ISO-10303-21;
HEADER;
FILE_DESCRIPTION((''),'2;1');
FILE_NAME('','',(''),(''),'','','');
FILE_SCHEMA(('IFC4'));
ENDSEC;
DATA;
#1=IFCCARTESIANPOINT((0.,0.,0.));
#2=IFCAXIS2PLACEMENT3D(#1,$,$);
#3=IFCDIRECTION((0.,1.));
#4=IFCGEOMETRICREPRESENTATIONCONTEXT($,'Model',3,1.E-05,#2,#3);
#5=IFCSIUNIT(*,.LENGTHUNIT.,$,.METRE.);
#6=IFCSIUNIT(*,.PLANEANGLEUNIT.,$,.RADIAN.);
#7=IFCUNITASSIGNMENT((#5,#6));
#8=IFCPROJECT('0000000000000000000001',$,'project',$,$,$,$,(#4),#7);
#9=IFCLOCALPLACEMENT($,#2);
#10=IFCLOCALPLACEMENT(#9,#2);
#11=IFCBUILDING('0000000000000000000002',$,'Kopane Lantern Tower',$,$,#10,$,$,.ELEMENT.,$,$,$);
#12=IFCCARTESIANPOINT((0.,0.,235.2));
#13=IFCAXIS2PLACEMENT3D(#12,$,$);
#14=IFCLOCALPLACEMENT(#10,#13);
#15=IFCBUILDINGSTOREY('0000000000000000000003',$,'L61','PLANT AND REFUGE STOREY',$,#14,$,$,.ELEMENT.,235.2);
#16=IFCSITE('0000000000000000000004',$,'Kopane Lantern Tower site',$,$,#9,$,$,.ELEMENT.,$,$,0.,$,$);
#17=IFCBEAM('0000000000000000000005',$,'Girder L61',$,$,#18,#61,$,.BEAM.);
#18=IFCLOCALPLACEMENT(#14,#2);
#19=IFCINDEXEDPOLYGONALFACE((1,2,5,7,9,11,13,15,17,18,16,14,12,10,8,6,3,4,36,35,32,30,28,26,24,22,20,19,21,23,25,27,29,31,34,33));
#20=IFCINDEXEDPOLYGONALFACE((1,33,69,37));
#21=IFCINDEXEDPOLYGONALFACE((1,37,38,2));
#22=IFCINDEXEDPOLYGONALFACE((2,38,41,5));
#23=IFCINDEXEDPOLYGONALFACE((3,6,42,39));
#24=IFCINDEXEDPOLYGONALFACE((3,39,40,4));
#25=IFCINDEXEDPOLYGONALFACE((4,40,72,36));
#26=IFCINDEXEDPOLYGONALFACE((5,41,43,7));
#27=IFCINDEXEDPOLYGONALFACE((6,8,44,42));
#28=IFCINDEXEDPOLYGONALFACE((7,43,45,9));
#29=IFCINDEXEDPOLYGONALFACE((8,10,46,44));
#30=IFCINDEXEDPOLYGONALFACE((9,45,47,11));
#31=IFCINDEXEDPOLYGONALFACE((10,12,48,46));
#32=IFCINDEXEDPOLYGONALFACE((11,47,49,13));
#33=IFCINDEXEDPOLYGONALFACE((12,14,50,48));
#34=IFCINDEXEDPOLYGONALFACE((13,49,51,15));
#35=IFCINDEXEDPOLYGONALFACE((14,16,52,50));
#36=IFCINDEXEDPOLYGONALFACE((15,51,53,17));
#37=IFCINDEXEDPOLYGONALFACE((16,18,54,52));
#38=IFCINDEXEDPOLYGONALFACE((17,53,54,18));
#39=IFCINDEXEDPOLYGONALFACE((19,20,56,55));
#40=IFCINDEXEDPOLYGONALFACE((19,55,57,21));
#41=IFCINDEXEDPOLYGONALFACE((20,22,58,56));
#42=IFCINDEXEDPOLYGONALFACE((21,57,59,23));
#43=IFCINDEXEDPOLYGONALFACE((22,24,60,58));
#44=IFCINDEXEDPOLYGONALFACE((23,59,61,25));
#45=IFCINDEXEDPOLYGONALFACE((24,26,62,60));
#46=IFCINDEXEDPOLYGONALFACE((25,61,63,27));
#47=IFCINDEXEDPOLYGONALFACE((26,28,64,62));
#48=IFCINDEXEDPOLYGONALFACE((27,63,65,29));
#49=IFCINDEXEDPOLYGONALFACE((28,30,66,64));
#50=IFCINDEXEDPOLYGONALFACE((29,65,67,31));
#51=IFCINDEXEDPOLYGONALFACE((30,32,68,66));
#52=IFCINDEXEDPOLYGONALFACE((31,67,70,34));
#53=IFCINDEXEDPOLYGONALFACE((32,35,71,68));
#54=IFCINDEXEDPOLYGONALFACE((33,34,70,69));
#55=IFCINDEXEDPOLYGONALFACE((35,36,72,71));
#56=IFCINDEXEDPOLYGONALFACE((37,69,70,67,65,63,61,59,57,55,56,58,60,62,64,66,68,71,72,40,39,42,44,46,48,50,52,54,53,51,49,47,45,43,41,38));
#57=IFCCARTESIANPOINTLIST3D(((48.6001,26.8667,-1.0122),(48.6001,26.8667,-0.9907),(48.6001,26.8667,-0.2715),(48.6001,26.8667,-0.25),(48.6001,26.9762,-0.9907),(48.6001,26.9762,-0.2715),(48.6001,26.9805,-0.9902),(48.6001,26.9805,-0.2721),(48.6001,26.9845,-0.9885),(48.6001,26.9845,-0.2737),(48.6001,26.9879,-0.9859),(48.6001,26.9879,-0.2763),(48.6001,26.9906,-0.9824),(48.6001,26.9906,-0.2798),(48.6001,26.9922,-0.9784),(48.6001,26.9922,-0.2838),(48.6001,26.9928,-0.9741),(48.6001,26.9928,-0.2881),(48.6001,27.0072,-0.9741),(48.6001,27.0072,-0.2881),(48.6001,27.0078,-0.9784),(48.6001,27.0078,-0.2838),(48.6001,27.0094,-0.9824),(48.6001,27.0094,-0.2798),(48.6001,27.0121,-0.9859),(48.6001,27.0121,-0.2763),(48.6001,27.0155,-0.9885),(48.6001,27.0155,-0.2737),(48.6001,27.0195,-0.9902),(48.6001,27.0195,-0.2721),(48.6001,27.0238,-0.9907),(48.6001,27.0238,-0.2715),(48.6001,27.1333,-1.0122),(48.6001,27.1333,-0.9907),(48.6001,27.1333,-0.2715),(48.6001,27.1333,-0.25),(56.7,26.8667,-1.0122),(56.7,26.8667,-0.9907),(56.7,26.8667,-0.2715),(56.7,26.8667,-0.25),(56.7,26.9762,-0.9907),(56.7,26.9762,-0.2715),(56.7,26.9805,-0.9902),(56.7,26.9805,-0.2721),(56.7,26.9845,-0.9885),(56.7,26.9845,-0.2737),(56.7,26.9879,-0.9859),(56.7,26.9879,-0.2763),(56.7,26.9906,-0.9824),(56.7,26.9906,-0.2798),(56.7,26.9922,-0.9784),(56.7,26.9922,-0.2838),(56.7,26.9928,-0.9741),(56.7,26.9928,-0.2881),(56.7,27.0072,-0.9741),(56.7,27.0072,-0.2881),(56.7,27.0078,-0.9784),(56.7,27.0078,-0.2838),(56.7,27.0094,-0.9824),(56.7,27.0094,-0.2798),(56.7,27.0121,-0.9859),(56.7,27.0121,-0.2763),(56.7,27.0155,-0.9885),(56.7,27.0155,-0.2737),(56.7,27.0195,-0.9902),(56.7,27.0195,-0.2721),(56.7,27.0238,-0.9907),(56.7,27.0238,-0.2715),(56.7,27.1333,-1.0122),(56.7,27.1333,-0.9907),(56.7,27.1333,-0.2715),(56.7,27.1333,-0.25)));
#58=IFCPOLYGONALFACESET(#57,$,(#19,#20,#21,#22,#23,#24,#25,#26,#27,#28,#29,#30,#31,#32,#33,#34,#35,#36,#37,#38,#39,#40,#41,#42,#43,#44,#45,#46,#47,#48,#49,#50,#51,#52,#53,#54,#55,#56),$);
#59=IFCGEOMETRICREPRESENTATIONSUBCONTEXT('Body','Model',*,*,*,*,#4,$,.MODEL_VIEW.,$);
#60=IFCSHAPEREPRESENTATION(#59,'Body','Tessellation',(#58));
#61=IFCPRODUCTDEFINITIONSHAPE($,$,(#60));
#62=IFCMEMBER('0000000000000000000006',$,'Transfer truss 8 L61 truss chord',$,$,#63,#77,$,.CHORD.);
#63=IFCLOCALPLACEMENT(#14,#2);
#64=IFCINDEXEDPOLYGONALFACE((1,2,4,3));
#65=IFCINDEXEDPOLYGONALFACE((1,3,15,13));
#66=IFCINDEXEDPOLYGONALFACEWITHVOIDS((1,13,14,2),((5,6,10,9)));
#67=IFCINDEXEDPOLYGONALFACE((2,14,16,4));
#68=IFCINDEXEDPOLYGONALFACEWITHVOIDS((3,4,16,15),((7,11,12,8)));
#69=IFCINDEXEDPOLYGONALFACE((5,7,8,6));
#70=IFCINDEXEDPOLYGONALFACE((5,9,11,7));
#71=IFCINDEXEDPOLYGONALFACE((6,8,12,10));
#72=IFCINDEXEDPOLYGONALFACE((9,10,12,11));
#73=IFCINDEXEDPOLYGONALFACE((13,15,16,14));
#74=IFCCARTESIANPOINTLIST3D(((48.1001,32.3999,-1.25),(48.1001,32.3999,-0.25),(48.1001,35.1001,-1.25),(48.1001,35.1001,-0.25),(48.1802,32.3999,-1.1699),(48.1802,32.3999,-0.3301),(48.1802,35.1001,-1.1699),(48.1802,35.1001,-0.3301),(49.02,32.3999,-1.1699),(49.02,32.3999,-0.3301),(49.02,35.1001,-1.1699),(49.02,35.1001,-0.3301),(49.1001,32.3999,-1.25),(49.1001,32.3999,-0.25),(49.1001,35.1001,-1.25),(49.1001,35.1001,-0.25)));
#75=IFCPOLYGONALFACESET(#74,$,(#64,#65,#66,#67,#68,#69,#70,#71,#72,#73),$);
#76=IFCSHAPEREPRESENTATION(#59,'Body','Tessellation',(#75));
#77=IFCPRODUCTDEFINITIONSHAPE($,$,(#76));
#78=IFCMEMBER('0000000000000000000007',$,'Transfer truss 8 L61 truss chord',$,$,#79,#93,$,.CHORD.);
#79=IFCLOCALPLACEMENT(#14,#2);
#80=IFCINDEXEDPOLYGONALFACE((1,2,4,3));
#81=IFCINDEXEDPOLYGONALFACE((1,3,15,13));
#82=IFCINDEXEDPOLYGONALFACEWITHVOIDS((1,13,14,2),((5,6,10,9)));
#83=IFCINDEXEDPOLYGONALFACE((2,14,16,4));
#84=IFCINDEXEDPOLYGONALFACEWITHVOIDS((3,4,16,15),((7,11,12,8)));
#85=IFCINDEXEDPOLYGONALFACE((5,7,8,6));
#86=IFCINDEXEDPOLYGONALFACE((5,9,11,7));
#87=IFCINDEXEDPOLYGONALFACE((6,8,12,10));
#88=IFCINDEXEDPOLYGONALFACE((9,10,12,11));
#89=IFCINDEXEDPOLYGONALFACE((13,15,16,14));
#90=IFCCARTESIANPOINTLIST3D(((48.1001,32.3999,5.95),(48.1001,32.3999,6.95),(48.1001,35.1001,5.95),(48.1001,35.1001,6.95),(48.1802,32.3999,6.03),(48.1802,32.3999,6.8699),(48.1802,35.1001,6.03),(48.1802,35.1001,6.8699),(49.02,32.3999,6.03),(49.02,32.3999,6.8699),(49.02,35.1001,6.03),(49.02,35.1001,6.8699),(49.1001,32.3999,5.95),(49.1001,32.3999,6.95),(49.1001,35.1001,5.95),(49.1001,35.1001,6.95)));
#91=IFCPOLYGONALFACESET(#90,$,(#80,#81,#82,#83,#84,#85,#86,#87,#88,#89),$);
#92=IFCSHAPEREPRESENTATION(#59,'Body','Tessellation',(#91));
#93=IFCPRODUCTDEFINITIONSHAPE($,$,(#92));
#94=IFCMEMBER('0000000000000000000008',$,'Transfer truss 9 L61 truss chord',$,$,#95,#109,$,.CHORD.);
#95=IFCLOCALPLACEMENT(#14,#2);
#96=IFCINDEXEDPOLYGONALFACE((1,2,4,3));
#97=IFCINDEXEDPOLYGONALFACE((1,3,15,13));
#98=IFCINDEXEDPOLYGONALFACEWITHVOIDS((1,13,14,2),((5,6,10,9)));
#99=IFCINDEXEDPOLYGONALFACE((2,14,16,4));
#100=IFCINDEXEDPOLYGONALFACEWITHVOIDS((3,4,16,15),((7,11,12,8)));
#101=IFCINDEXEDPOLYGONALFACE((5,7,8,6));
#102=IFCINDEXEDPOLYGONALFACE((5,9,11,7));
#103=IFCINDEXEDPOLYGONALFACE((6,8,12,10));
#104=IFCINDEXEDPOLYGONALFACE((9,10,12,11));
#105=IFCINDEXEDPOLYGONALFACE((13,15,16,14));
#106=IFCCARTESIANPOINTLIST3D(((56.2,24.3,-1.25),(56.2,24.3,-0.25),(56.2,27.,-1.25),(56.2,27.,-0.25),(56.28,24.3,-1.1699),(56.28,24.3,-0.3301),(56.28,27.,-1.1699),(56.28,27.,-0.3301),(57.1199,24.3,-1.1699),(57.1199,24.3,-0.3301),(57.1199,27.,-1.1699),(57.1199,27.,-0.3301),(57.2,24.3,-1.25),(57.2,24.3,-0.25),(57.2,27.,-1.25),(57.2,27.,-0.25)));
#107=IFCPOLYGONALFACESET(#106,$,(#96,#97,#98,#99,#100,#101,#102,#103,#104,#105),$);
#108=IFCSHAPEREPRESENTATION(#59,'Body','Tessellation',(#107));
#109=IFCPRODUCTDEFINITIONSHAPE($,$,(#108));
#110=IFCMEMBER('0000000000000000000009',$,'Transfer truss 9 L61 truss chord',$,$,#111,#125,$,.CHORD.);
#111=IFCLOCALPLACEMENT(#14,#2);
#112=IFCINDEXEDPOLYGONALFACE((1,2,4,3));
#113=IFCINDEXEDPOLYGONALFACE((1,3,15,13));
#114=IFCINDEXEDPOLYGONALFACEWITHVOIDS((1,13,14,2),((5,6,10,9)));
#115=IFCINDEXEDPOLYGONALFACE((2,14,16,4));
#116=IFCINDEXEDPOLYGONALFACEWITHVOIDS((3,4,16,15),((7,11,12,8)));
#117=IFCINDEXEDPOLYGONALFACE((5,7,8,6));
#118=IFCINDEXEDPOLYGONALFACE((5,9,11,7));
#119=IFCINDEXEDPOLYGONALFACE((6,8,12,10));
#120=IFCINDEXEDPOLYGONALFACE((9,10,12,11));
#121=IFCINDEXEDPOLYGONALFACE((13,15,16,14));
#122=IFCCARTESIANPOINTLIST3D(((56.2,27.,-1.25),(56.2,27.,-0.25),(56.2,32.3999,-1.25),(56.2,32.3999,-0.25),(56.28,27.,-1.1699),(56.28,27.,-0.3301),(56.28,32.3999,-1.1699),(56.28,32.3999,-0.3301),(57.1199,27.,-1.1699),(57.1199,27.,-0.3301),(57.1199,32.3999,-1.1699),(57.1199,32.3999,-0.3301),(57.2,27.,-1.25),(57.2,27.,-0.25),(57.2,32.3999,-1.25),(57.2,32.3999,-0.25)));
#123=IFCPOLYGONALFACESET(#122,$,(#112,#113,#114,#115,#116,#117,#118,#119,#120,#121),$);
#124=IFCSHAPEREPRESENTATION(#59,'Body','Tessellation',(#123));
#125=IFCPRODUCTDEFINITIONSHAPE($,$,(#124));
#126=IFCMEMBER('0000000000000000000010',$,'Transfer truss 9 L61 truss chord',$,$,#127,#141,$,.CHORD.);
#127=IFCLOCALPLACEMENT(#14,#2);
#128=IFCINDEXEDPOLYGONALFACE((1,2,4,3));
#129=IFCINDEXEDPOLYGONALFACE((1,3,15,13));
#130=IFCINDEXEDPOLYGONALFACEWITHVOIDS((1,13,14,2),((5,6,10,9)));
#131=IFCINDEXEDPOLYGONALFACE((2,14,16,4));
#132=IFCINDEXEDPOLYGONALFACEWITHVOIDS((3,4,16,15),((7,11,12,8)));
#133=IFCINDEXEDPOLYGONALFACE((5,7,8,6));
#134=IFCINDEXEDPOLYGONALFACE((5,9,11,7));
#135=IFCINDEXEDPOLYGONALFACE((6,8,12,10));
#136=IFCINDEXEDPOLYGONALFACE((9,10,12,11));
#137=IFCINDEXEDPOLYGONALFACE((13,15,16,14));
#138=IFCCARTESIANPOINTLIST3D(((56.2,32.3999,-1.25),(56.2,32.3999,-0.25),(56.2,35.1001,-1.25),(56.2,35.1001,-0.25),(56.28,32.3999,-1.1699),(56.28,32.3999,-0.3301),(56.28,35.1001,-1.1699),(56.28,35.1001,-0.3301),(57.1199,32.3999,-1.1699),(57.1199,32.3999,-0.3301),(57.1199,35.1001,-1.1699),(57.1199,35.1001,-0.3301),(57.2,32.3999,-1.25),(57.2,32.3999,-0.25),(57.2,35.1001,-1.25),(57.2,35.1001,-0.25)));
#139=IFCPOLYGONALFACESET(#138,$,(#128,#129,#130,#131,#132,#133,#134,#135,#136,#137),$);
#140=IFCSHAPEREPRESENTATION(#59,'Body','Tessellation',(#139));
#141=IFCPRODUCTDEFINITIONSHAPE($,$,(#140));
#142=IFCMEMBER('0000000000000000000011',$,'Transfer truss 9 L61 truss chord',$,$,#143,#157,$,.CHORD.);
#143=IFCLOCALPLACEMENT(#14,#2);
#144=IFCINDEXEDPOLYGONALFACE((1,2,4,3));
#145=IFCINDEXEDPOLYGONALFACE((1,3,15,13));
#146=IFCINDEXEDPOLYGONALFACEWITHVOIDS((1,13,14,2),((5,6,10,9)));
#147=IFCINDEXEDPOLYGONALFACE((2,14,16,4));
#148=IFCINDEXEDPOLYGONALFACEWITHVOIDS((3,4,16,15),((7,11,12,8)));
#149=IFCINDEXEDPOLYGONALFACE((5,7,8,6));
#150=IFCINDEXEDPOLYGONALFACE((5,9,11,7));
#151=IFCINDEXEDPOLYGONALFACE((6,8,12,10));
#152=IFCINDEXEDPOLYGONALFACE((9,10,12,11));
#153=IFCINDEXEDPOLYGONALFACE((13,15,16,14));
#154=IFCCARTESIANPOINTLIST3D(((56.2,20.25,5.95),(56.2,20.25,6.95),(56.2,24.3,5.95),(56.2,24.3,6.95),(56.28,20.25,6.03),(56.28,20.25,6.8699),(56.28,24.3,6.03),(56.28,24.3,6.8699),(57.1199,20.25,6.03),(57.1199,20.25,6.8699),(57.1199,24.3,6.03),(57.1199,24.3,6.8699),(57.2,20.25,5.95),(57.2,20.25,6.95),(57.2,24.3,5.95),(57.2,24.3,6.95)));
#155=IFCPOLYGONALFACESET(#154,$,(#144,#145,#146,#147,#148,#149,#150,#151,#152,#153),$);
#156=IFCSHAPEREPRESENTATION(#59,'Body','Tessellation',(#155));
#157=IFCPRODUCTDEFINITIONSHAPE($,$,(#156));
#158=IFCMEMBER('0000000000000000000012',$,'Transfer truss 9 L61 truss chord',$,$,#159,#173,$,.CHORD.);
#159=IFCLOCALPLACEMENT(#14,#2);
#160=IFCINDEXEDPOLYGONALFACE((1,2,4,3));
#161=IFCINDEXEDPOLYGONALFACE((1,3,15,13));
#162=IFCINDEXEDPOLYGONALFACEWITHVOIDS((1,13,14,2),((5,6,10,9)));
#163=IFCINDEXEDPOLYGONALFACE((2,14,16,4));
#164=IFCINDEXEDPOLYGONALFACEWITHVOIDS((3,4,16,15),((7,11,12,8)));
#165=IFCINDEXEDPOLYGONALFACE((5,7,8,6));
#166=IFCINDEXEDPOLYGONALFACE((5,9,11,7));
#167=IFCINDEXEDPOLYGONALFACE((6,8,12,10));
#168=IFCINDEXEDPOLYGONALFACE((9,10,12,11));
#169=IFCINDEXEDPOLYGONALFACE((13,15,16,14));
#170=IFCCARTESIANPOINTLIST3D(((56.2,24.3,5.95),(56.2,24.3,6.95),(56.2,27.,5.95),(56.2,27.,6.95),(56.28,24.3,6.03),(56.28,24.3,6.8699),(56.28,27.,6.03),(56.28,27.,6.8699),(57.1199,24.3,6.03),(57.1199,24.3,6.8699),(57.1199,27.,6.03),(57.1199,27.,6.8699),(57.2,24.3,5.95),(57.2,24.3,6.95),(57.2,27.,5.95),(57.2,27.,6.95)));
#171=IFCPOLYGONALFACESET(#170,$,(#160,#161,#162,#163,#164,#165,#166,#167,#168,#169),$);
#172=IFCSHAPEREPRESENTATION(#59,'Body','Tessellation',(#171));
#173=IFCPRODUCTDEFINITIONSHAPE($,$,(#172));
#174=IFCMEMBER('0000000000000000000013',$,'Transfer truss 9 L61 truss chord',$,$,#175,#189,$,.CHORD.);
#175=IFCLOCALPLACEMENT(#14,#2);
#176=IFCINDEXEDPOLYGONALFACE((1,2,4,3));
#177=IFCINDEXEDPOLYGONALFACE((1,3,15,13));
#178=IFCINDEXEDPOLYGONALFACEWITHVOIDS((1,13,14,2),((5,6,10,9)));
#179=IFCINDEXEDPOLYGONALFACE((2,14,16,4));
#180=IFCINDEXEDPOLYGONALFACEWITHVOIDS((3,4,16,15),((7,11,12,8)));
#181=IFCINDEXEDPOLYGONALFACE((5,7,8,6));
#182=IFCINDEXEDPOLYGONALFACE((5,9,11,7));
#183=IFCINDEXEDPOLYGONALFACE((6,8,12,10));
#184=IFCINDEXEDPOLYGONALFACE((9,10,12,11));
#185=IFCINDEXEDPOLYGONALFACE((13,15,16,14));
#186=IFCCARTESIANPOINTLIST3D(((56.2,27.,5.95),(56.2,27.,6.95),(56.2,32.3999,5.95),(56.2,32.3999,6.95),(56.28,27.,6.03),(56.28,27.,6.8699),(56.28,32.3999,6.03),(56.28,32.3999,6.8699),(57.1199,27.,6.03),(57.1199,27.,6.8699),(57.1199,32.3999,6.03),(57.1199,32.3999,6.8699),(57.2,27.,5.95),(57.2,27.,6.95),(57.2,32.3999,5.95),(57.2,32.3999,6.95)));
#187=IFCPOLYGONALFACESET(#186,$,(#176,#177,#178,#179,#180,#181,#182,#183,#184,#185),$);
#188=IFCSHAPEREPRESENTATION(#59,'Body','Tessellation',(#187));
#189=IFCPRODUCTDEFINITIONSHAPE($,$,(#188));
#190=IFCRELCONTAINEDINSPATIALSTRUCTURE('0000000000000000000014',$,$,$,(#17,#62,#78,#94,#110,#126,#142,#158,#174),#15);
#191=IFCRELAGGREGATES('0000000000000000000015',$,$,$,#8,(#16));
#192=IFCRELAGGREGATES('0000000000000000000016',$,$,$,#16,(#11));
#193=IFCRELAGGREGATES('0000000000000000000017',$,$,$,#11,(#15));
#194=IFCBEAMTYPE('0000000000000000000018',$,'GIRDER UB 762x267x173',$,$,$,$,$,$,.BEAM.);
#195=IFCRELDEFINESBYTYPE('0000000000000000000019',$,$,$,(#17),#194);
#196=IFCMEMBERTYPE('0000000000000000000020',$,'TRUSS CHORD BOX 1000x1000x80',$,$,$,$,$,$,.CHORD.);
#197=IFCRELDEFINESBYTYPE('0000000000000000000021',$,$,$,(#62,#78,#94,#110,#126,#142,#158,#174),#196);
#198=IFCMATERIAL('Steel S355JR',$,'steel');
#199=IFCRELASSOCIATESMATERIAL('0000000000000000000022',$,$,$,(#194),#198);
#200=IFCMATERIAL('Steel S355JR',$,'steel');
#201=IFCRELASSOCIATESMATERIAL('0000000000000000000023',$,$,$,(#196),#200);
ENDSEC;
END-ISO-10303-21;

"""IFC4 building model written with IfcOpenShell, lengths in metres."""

from ifc_helpers import new_model, si_unit, direction, frame, origin, origin_2d, place, context, subcontext, project, spatial, hollow_rectangle, i_section, extrude, material, material_profile, profile_set, type_object, element, save


model = new_model("IFC4")

# Units and contexts
model_context = context("Model", 3, precision=1e-05, world=origin(), true_north=direction((0.0, 1.0)))
body_context = subcontext(model_context, "Body", "Model", "MODEL_VIEW")
ifc_project = project(units=[si_unit("LENGTHUNIT", "METRE"), si_unit("PLANEANGLEUNIT", "RADIAN")], contexts=[model_context])

# Site, building, storey
site_placement = place(None, origin())
site = spatial("IfcSite", under=ifc_project, at=site_placement, Name="Kopane Lantern Tower site", CompositionType="ELEMENT", RefElevation=0.0)
building_placement = place(site_placement, origin())
building = spatial("IfcBuilding", under=site, at=building_placement, Name="Kopane Lantern Tower", CompositionType="ELEMENT")
storey_placement = place(building_placement, frame((0.0, 0.0, 235.2)))
storey = spatial("IfcBuildingStorey", under=building, at=storey_placement, Name="L61", Description="PLANT AND REFUGE STOREY", CompositionType="ELEMENT", Elevation=235.2)

# Beam
ifc_material_1 = material(Name="Steel S355JR", Category="steel")
ifc_material_profile_1 = material_profile(ifc_material_1, i_section(OverallWidth=0.2666, OverallDepth=0.7622, WebThickness=0.0144, FlangeThickness=0.0215, FilletRadius=0.0166, at=origin_2d()), Name="UB 762x267x173")
ifc_profile_set_1 = profile_set([ifc_material_profile_1], Name="Steel S355JR")
beam_type = type_object("IfcBeamType", Name="GIRDER UB 762x267x173", PredefinedType="BEAM", material=ifc_profile_set_1)
beam_placement = place(storey_placement, frame((48.6001, 27.0, -0.6311), z_axis=(1.0, 0.0, 0.0), x_axis=(0.0, 1.0, 0.0)))
element("IfcBeam", 1, at=beam_placement, inside=storey, type_object=beam_type, Name="Girder L61", PredefinedType="BEAM", context=body_context, shape_type="SweptSolid", body=[
    extrude(i_section(OverallWidth=0.2666, OverallDepth=0.7622, WebThickness=0.0144, FlangeThickness=0.0215, FilletRadius=0.0166, at=origin_2d()), origin(), (0.0, 0.0, 1.0), 8.0999),
])

# Members
ifc_material_2 = material(Name="Steel S355JR", Category="steel")
ifc_material_profile_2 = material_profile(ifc_material_2, hollow_rectangle(XDim=1.0, YDim=1.0, WallThickness=0.0801, at=origin_2d()), Name="BOX 1000x1000x80")
ifc_profile_set_2 = profile_set([ifc_material_profile_2], Name="Steel S355JR")
member_type_1 = type_object("IfcMemberType", Name="TRUSS CHORD BOX 1000x1000x80", PredefinedType="CHORD", material=ifc_profile_set_2)
for number, where, z_axis, x_axis, name in (
    (2, (48.6001, 32.3999, -0.75), (0.0, 1.0, 0.0), (-1.0, 0.0, 0.0), "Transfer truss 8 L61 truss chord"),
    (3, (48.6001, 32.3999, 6.45), (0.0, 1.0, 0.0), (-1.0, 0.0, 0.0), "Transfer truss 8 L61 truss chord"),
):
    element("IfcMember", number, at=place(storey_placement, frame(where, z_axis=z_axis, x_axis=x_axis)), inside=storey, type_object=member_type_1, Name=name, PredefinedType="CHORD", context=body_context, shape_type="SweptSolid", body=[
        extrude(hollow_rectangle(XDim=1.0, YDim=1.0, WallThickness=0.0801, at=origin_2d()), origin(), (0.0, 0.0, 1.0), 2.7002),
    ])
member_1_placement = place(storey_placement, frame((56.7, 24.3, -0.75), z_axis=(0.0, 1.0, 0.0), x_axis=(-1.0, 0.0, 0.0)))
element("IfcMember", 4, at=member_1_placement, inside=storey, type_object=member_type_1, Name="Transfer truss 9 L61 truss chord", PredefinedType="CHORD", context=body_context, shape_type="SweptSolid", body=[
    extrude(hollow_rectangle(XDim=1.0, YDim=1.0, WallThickness=0.0801, at=origin_2d()), origin(), (0.0, 0.0, 1.0), 2.7),
])
member_2_placement = place(storey_placement, frame((56.7, 27.0, -0.75), z_axis=(0.0, 1.0, 0.0), x_axis=(-1.0, 0.0, 0.0)))
element("IfcMember", 5, at=member_2_placement, inside=storey, type_object=member_type_1, Name="Transfer truss 9 L61 truss chord", PredefinedType="CHORD", context=body_context, shape_type="SweptSolid", body=[
    extrude(hollow_rectangle(XDim=1.0, YDim=1.0, WallThickness=0.0801, at=origin_2d()), origin(), (0.0, 0.0, 1.0), 5.3999),
])
member_3_placement = place(storey_placement, frame((56.7, 32.3999, -0.75), z_axis=(0.0, 1.0, 0.0), x_axis=(-1.0, 0.0, 0.0)))
element("IfcMember", 6, at=member_3_placement, inside=storey, type_object=member_type_1, Name="Transfer truss 9 L61 truss chord", PredefinedType="CHORD", context=body_context, shape_type="SweptSolid", body=[
    extrude(hollow_rectangle(XDim=1.0, YDim=1.0, WallThickness=0.0801, at=origin_2d()), origin(), (0.0, 0.0, 1.0), 2.7002),
])
member_4_placement = place(storey_placement, frame((56.7, 20.25, 6.45), z_axis=(0.0, 1.0, 0.0), x_axis=(-1.0, 0.0, 0.0)))
element("IfcMember", 7, at=member_4_placement, inside=storey, type_object=member_type_1, Name="Transfer truss 9 L61 truss chord", PredefinedType="CHORD", context=body_context, shape_type="SweptSolid", body=[
    extrude(hollow_rectangle(XDim=1.0, YDim=1.0, WallThickness=0.0801, at=origin_2d()), origin(), (0.0, 0.0, 1.0), 4.05),
])
member_5_placement = place(storey_placement, frame((56.7, 24.3, 6.45), z_axis=(0.0, 1.0, 0.0), x_axis=(-1.0, 0.0, 0.0)))
element("IfcMember", 8, at=member_5_placement, inside=storey, type_object=member_type_1, Name="Transfer truss 9 L61 truss chord", PredefinedType="CHORD", context=body_context, shape_type="SweptSolid", body=[
    extrude(hollow_rectangle(XDim=1.0, YDim=1.0, WallThickness=0.0801, at=origin_2d()), origin(), (0.0, 0.0, 1.0), 2.7),
])
member_6_placement = place(storey_placement, frame((56.7, 27.0, 6.45), z_axis=(0.0, 1.0, 0.0), x_axis=(-1.0, 0.0, 0.0)))
element("IfcMember", 9, at=member_6_placement, inside=storey, type_object=member_type_1, Name="Transfer truss 9 L61 truss chord", PredefinedType="CHORD", context=body_context, shape_type="SweptSolid", body=[
    extrude(hollow_rectangle(XDim=1.0, YDim=1.0, WallThickness=0.0801, at=origin_2d()), origin(), (0.0, 0.0, 1.0), 5.3999),
])

save(model, "model.ifc")
